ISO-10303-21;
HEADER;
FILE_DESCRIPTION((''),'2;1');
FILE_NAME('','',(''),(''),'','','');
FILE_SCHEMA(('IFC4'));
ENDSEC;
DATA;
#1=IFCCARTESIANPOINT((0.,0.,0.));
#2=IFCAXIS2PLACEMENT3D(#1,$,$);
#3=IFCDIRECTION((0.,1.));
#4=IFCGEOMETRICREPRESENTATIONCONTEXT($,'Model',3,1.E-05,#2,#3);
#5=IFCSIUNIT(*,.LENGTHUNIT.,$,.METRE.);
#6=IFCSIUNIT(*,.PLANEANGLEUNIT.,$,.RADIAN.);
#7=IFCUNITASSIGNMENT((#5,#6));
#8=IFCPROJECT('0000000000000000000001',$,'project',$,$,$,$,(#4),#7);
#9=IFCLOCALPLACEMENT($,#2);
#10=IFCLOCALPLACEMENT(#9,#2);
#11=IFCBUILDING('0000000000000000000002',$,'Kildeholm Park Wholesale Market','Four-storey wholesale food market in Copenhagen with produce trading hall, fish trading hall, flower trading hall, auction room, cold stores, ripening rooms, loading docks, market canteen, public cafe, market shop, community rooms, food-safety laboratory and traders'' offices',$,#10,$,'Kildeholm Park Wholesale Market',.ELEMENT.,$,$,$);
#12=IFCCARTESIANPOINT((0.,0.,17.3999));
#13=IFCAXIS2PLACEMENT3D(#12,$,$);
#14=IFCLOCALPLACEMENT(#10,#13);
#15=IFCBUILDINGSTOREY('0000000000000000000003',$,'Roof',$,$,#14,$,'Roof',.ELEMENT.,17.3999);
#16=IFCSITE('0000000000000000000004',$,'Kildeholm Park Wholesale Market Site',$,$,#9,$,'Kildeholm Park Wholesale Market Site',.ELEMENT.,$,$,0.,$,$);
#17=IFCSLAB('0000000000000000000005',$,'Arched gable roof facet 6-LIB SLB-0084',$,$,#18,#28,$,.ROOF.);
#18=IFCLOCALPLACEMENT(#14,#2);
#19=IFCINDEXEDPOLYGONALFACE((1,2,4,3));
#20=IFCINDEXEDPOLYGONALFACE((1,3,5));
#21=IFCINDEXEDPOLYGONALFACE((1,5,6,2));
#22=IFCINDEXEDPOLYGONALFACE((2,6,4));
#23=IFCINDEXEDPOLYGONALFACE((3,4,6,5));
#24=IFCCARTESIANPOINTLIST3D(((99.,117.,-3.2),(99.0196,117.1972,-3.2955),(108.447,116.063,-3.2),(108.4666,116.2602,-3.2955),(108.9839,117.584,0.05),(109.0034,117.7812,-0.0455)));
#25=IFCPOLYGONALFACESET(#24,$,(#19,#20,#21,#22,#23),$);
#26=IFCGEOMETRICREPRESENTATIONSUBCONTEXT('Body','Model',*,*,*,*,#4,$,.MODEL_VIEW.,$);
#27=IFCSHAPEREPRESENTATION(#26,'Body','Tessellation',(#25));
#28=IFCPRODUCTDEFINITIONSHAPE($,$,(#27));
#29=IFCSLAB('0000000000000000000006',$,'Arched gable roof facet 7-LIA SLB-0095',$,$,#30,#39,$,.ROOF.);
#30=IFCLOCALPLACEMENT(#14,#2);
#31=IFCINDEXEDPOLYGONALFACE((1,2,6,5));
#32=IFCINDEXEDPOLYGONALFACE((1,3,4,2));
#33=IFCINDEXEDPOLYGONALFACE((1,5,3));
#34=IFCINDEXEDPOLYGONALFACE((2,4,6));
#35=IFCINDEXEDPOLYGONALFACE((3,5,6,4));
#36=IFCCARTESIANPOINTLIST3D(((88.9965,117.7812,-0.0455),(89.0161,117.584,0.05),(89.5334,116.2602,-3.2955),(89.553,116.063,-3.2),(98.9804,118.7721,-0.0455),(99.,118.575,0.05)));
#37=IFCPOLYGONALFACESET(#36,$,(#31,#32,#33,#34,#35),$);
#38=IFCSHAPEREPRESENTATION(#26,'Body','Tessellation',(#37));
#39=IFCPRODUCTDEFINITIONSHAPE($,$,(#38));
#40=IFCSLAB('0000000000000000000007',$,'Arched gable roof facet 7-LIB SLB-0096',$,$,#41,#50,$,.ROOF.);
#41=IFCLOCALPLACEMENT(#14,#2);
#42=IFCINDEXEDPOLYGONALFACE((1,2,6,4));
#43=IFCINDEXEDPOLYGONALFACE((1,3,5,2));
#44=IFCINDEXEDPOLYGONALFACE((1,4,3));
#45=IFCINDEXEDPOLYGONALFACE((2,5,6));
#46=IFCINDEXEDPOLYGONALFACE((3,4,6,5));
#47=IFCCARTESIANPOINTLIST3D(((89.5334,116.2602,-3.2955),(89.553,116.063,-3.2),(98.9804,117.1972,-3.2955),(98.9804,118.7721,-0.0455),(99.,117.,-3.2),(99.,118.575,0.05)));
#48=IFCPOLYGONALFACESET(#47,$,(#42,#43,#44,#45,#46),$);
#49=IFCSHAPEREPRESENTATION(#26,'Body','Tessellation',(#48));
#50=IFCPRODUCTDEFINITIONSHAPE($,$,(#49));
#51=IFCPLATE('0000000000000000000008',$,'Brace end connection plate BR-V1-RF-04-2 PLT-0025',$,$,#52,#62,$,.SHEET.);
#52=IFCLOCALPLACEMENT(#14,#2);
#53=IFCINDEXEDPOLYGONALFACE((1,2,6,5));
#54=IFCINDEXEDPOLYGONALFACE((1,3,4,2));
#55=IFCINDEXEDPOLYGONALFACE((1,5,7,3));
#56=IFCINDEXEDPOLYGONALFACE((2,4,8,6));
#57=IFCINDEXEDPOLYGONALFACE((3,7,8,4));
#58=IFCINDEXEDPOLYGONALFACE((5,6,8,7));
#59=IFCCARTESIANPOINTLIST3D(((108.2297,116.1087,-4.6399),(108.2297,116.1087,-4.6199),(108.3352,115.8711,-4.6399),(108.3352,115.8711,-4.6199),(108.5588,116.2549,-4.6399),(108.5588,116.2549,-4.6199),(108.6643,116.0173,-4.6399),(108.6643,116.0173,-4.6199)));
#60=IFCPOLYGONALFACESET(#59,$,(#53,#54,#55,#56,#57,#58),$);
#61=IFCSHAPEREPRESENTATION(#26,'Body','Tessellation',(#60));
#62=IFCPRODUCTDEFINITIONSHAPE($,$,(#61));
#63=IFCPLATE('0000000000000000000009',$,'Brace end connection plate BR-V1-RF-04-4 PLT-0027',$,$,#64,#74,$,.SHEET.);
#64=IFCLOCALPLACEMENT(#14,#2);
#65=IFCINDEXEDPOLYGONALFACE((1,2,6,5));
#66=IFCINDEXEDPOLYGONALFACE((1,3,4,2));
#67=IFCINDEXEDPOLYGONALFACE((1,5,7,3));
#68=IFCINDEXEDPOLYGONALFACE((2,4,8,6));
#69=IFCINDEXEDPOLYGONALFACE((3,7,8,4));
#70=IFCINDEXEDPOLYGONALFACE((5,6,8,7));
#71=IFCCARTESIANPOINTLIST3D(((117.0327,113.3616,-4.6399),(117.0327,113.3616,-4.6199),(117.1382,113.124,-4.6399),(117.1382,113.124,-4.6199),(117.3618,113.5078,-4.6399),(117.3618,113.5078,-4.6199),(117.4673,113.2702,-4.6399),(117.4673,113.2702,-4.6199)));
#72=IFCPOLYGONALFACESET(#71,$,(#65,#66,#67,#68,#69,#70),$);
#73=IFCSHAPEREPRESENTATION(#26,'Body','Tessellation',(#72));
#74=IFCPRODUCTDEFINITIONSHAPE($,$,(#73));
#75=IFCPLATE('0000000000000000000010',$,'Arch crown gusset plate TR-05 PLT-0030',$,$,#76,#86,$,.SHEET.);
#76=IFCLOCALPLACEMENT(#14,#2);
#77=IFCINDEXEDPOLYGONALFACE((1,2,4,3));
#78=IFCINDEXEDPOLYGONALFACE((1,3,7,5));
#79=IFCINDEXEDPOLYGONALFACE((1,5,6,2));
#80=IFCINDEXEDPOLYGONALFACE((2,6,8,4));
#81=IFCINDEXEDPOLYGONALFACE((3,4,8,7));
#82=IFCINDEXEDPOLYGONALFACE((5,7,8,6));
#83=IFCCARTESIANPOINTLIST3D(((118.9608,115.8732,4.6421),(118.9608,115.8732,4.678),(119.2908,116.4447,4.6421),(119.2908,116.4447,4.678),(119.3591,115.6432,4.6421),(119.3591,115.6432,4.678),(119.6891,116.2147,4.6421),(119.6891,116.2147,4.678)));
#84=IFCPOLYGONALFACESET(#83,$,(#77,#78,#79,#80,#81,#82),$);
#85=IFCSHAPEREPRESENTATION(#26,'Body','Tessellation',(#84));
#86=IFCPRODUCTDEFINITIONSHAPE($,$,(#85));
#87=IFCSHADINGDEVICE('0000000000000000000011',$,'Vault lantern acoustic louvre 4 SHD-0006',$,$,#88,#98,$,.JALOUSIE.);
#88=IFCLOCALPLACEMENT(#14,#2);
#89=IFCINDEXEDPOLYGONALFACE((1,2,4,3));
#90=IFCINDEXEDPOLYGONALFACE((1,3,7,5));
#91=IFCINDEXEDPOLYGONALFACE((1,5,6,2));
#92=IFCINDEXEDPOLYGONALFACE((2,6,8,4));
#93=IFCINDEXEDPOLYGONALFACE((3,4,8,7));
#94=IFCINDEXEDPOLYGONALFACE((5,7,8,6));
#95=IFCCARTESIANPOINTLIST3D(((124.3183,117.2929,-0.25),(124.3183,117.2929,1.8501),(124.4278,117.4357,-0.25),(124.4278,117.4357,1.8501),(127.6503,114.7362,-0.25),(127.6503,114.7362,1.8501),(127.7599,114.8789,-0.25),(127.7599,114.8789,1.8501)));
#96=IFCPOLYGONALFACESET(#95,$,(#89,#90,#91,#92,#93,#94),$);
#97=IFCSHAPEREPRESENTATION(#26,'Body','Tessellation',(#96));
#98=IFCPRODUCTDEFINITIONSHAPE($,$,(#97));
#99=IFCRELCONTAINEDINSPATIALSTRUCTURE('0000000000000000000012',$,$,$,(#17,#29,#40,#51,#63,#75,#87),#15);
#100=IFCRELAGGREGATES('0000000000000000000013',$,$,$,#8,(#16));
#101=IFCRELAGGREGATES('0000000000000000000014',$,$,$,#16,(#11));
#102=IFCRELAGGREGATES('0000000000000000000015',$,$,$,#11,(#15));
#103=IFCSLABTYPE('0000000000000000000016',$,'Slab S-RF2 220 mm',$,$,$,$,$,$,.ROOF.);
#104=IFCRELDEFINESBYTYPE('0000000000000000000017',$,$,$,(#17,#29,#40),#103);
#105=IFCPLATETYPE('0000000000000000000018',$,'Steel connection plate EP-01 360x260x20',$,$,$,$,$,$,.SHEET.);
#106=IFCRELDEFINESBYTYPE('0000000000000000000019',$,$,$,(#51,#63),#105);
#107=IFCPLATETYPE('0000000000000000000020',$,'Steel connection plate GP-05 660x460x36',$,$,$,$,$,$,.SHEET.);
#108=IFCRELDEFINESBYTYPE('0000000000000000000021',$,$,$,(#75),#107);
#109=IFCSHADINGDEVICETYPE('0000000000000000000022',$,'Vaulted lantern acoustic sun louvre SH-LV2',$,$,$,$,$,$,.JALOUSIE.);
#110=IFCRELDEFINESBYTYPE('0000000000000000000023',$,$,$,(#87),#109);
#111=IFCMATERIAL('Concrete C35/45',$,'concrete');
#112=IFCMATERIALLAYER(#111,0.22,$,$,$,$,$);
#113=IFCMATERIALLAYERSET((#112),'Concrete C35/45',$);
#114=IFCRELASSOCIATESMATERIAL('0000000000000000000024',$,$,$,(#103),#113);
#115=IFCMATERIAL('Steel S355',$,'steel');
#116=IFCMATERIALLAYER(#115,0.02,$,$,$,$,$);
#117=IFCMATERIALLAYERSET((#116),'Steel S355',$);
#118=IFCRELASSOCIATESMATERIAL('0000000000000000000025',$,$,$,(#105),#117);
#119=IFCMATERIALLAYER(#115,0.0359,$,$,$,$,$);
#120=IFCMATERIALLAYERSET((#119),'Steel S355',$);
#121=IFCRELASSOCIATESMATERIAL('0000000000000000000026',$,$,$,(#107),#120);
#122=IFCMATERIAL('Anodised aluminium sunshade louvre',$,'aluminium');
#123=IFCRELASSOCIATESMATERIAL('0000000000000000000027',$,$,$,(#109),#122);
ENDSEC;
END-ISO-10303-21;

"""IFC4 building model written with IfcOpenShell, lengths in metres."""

from ifc_helpers import new_model, si_unit, direction, frame, origin, origin_2d, place, context, subcontext, project, spatial, polyline, rectangle, outline, extrude, material, layer, layer_set, type_object, element, save


model = new_model("IFC4")

# Units and contexts
model_context = context("Model", 3, precision=1e-05, world=origin(), true_north=direction((0.0, 1.0)))
body_context = subcontext(model_context, "Body", "Model", "MODEL_VIEW")
ifc_project = project(units=[si_unit("LENGTHUNIT", "METRE"), si_unit("PLANEANGLEUNIT", "RADIAN")], contexts=[model_context])

# Site, building, storey
site_placement = place(None, origin())
site = spatial("IfcSite", under=ifc_project, at=site_placement, Name="Kildeholm Park Wholesale Market Site", LongName="Kildeholm Park Wholesale Market Site", CompositionType="ELEMENT", RefElevation=0.0)
building_placement = place(site_placement, origin())
building = spatial("IfcBuilding", under=site, at=building_placement, Name="Kildeholm Park Wholesale Market", Description="Four-storey wholesale food market in Copenhagen with produce trading hall, fish trading hall, flower trading hall, auction room, cold stores, ripening rooms, loading docks, market canteen, public cafe, market shop, community rooms, food-safety laboratory and traders' offices", LongName="Kildeholm Park Wholesale Market", CompositionType="ELEMENT")
storey_placement = place(building_placement, frame((0.0, 0.0, 17.3999)))
storey = spatial("IfcBuildingStorey", under=building, at=storey_placement, Name="Roof", LongName="Roof", CompositionType="ELEMENT", Elevation=17.3999)

# Shared definitions
ifc_material_1 = material(Name="Steel S355", Category="steel")

# Slabs
ifc_material_2 = material(Name="Concrete C35/45", Category="concrete")
ifc_layer_1 = layer(ifc_material_2, 0.22)
ifc_layer_set_1 = layer_set([ifc_layer_1], Name="Concrete C35/45")
slab_type = type_object("IfcSlabType", Name="Slab S-RF2 220 mm", PredefinedType="ROOF", material=ifc_layer_set_1)
slab_1_placement = place(storey_placement, frame((108.9839, 117.584, 0.05), z_axis=(-0.088912, -0.896414, 0.434208), x_axis=(-0.94942, -0.055534, -0.309059)))
element("IfcSlab", 1, at=slab_1_placement, inside=storey, type_object=slab_type, Name="Arched gable roof facet 6-LIB SLB-0084", PredefinedType="ROOF", context=body_context, shape_type="SweptSolid", body=[
    extrude(outline(polyline([(0.0, 0.0), (10.5158, 0.0), (1.5986, 3.2571), (0.0, 0.0)])), origin(), (0.0, 0.0, -1.0), 0.22),
])
slab_2_placement = place(storey_placement, frame((99.0, 118.575, 0.05), z_axis=(0.088974, -0.896405, 0.434214), x_axis=(-0.99511, -0.098771, 0.0)))
element("IfcSlab", 2, at=slab_2_placement, inside=storey, type_object=slab_type, Name="Arched gable roof facet 7-LIA SLB-0095", PredefinedType="ROOF", context=body_context, shape_type="SweptSolid", body=[
    extrude(outline(polyline([(0.0, 0.0), (10.0329, 0.0), (9.6489, 3.6079), (0.0, 0.0)])), origin(), (0.0, 0.0, -1.0), 0.22),
])
slab_3_placement = place(storey_placement, frame((99.0, 118.575, 0.05), z_axis=(0.088904, -0.896338, 0.434366), x_axis=(-0.917063, -0.243847, -0.315491)))
element("IfcSlab", 3, at=slab_3_placement, inside=storey, type_object=slab_type, Name="Arched gable roof facet 7-LIB SLB-0096", PredefinedType="ROOF", context=body_context, shape_type="SweptSolid", body=[
    extrude(outline(polyline([(0.0, 0.0), (10.3014, 0.0), (1.4094, 3.3251), (0.0, 0.0)])), origin(), (0.0, 0.0, -1.0), 0.22),
])

# Plates
ifc_layer_2 = layer(ifc_material_1, 0.02)
ifc_layer_set_2 = layer_set([ifc_layer_2], Name="Steel S355")
plate_type_1 = type_object("IfcPlateType", Name="Steel connection plate EP-01 360x260x20", PredefinedType="SHEET", material=ifc_layer_set_2)
for number, where, z_axis, x_axis, name in (
    (4, (108.447, 116.063, -4.6399), (0.0, 0.0, 1.0), (-0.9139, -0.405939, 0.0), "Brace end connection plate BR-V1-RF-04-2 PLT-0025"),
    (5, (117.25, 113.3159, -4.6399), (0.0, 0.0, 1.0), (-0.9139, -0.405939, 0.0), "Brace end connection plate BR-V1-RF-04-4 PLT-0027"),
):
    element("IfcPlate", number, at=place(storey_placement, frame(where, z_axis=z_axis, x_axis=x_axis)), inside=storey, type_object=plate_type_1, Name=name, PredefinedType="SHEET", context=body_context, shape_type="SweptSolid", body=[
        extrude(rectangle(XDim=0.3601, YDim=0.26, at=origin_2d()), origin(), (0.0, 0.0, 1.0), 0.02),
    ])
ifc_layer_3 = layer(ifc_material_1, 0.0359)
ifc_layer_set_3 = layer_set([ifc_layer_3], Name="Steel S355")
plate_type_2 = type_object("IfcPlateType", Name="Steel connection plate GP-05 660x460x36", PredefinedType="SHEET", material=ifc_layer_set_3)
plate_placement = place(storey_placement, frame((119.325, 116.0439, 4.6421), z_axis=(0.0, 0.0, 1.0), x_axis=(0.5, 0.866025, 0.0)))
element("IfcPlate", 6, at=plate_placement, inside=storey, type_object=plate_type_2, Name="Arch crown gusset plate TR-05 PLT-0030", PredefinedType="SHEET", context=body_context, shape_type="SweptSolid", body=[
    extrude(rectangle(XDim=0.6599, YDim=0.46, at=origin_2d()), origin(), (0.0, 0.0, 1.0), 0.0359),
])

# Shading device
ifc_material_3 = material(Name="Anodised aluminium sunshade louvre", Category="aluminium")
shading_device_type = type_object("IfcShadingDeviceType", Name="Vaulted lantern acoustic sun louvre SH-LV2", PredefinedType="JALOUSIE", material=ifc_material_3)
shading_device_placement = place(storey_placement, frame((126.0391, 116.0859, -0.25), z_axis=(0.0, 0.0, 1.0), x_axis=(-0.793353, 0.608761, 0.0)))
element("IfcShadingDevice", 7, at=shading_device_placement, inside=storey, type_object=shading_device_type, Name="Vault lantern acoustic louvre 4 SHD-0006", PredefinedType="JALOUSIE", context=body_context, shape_type="SweptSolid", body=[
    extrude(rectangle(XDim=4.2, YDim=0.1799, at=origin_2d()), origin(), (0.0, 0.0, 1.0), 2.1001),
])

save(model, "model.ifc")
